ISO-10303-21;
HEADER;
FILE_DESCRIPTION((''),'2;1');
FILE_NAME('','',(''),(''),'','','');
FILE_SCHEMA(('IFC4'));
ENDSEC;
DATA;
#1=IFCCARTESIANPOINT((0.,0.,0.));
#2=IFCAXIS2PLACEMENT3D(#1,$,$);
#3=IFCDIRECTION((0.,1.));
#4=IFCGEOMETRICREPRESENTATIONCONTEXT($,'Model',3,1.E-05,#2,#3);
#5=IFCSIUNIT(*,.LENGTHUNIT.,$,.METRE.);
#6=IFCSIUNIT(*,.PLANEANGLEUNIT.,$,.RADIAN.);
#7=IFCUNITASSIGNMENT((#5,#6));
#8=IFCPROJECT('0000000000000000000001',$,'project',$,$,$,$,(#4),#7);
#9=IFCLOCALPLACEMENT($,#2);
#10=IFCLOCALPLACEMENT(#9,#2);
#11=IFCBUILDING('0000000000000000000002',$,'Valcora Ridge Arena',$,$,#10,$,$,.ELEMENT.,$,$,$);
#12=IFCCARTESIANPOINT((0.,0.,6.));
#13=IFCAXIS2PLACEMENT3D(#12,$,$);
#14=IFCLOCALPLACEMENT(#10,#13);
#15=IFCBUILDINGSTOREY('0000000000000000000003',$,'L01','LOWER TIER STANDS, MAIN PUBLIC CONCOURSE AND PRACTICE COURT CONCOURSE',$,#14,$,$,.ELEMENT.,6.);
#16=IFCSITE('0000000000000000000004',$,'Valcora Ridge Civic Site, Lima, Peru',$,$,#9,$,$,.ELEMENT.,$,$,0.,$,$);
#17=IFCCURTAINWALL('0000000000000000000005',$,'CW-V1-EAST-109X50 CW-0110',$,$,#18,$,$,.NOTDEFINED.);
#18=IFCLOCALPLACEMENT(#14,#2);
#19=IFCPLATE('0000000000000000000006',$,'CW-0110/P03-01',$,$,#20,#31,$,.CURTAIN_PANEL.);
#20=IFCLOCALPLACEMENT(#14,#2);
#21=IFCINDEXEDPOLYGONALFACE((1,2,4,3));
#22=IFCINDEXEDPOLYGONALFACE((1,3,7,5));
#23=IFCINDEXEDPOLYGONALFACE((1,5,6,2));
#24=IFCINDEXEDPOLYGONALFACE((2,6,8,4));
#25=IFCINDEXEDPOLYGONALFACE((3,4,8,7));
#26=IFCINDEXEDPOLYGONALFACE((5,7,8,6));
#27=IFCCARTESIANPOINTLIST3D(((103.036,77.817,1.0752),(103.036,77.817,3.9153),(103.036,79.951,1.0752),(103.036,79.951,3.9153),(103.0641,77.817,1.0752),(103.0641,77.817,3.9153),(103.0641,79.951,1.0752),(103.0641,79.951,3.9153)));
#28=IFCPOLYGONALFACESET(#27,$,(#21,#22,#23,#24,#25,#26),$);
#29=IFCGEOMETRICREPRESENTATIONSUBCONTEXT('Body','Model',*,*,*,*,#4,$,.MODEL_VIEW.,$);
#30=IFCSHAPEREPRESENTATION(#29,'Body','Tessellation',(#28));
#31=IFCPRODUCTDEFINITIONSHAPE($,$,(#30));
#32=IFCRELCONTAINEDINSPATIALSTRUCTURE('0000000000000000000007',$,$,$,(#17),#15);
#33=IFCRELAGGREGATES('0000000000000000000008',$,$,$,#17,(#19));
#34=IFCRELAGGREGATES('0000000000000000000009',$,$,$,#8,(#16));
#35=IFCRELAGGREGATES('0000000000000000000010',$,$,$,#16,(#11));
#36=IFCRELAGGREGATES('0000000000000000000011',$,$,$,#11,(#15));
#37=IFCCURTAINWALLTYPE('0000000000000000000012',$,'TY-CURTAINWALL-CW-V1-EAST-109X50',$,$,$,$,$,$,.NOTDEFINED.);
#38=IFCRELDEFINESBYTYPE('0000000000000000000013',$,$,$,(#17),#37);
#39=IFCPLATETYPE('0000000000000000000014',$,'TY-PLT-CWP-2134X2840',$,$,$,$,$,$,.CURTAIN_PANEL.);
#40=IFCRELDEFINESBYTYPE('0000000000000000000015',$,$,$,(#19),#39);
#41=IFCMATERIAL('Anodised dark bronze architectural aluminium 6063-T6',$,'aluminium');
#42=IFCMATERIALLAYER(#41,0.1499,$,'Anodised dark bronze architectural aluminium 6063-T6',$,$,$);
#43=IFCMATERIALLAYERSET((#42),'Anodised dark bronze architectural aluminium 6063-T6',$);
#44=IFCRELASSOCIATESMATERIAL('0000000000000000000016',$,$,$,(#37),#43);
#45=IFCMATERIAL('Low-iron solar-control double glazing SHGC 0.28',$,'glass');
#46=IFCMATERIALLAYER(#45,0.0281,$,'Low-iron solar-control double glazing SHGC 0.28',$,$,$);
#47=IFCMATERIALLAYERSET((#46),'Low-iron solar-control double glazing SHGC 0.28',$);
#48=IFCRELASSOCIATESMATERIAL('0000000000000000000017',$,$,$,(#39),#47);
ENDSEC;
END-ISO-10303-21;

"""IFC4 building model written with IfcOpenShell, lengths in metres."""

from ifc_helpers import new_model, si_unit, direction, frame, origin, origin_2d, place, context, subcontext, project, spatial, rectangle, extrude, material, layer, layer_set, type_object, element, aggregate, save


model = new_model("IFC4")

# Units and contexts
model_context = context("Model", 3, precision=1e-05, world=origin(), true_north=direction((0.0, 1.0)))
body_context = subcontext(model_context, "Body", "Model", "MODEL_VIEW")
ifc_project = project(units=[si_unit("LENGTHUNIT", "METRE"), si_unit("PLANEANGLEUNIT", "RADIAN")], contexts=[model_context])

# Site, building, storey
site_placement = place(None, origin())
site = spatial("IfcSite", under=ifc_project, at=site_placement, Name="Valcora Ridge Civic Site, Lima, Peru", CompositionType="ELEMENT", RefElevation=0.0)
building_placement = place(site_placement, origin())
building = spatial("IfcBuilding", under=site, at=building_placement, Name="Valcora Ridge Arena", CompositionType="ELEMENT")
storey_placement = place(building_placement, frame((0.0, 0.0, 6.0)))
storey = spatial("IfcBuildingStorey", under=building, at=storey_placement, Name="L01", Description="LOWER TIER STANDS, MAIN PUBLIC CONCOURSE AND PRACTICE COURT CONCOURSE", CompositionType="ELEMENT", Elevation=6.0)

# Curtain wall
ifc_material_1 = material(Name="Anodised dark bronze architectural aluminium 6063-T6", Category="aluminium")
ifc_layer_1 = layer(ifc_material_1, 0.1499, Name="Anodised dark bronze architectural aluminium 6063-T6")
ifc_layer_set_1 = layer_set([ifc_layer_1], Name="Anodised dark bronze architectural aluminium 6063-T6")
curtain_wall_type = type_object("IfcCurtainWallType", Name="TY-CURTAINWALL-CW-V1-EAST-109X50", PredefinedType="NOTDEFINED", material=ifc_layer_set_1)
curtain_wall_placement = place(storey_placement, origin())
curtain_wall = element("IfcCurtainWall", 1, at=curtain_wall_placement, inside=storey, type_object=curtain_wall_type, Name="CW-V1-EAST-109X50 CW-0110", PredefinedType="NOTDEFINED")

# Plate
ifc_material_2 = material(Name="Low-iron solar-control double glazing SHGC 0.28", Category="glass")
ifc_layer_2 = layer(ifc_material_2, 0.0281, Name="Low-iron solar-control double glazing SHGC 0.28")
ifc_layer_set_2 = layer_set([ifc_layer_2], Name="Low-iron solar-control double glazing SHGC 0.28")
plate_type_1 = type_object("IfcPlateType", Name="TY-PLT-CWP-2134X2840", PredefinedType="CURTAIN_PANEL", material=ifc_layer_set_2)
plate_1_placement = place(storey_placement, frame((103.05, 78.884, 1.0752), z_axis=(0.0, 0.0, 1.0), x_axis=(0.0, 1.0, 0.0)))
plate_1 = element("IfcPlate", 2, at=plate_1_placement, type_object=plate_type_1, Name="CW-0110/P03-01", PredefinedType="CURTAIN_PANEL", context=body_context, shape_type="SweptSolid", body=[
    extrude(rectangle(XDim=2.134, YDim=0.0281, at=origin_2d()), origin(), (0.0, 0.0, 1.0), 2.8401),
])
aggregate(curtain_wall, [plate_1])

save(model, "model.ifc")
